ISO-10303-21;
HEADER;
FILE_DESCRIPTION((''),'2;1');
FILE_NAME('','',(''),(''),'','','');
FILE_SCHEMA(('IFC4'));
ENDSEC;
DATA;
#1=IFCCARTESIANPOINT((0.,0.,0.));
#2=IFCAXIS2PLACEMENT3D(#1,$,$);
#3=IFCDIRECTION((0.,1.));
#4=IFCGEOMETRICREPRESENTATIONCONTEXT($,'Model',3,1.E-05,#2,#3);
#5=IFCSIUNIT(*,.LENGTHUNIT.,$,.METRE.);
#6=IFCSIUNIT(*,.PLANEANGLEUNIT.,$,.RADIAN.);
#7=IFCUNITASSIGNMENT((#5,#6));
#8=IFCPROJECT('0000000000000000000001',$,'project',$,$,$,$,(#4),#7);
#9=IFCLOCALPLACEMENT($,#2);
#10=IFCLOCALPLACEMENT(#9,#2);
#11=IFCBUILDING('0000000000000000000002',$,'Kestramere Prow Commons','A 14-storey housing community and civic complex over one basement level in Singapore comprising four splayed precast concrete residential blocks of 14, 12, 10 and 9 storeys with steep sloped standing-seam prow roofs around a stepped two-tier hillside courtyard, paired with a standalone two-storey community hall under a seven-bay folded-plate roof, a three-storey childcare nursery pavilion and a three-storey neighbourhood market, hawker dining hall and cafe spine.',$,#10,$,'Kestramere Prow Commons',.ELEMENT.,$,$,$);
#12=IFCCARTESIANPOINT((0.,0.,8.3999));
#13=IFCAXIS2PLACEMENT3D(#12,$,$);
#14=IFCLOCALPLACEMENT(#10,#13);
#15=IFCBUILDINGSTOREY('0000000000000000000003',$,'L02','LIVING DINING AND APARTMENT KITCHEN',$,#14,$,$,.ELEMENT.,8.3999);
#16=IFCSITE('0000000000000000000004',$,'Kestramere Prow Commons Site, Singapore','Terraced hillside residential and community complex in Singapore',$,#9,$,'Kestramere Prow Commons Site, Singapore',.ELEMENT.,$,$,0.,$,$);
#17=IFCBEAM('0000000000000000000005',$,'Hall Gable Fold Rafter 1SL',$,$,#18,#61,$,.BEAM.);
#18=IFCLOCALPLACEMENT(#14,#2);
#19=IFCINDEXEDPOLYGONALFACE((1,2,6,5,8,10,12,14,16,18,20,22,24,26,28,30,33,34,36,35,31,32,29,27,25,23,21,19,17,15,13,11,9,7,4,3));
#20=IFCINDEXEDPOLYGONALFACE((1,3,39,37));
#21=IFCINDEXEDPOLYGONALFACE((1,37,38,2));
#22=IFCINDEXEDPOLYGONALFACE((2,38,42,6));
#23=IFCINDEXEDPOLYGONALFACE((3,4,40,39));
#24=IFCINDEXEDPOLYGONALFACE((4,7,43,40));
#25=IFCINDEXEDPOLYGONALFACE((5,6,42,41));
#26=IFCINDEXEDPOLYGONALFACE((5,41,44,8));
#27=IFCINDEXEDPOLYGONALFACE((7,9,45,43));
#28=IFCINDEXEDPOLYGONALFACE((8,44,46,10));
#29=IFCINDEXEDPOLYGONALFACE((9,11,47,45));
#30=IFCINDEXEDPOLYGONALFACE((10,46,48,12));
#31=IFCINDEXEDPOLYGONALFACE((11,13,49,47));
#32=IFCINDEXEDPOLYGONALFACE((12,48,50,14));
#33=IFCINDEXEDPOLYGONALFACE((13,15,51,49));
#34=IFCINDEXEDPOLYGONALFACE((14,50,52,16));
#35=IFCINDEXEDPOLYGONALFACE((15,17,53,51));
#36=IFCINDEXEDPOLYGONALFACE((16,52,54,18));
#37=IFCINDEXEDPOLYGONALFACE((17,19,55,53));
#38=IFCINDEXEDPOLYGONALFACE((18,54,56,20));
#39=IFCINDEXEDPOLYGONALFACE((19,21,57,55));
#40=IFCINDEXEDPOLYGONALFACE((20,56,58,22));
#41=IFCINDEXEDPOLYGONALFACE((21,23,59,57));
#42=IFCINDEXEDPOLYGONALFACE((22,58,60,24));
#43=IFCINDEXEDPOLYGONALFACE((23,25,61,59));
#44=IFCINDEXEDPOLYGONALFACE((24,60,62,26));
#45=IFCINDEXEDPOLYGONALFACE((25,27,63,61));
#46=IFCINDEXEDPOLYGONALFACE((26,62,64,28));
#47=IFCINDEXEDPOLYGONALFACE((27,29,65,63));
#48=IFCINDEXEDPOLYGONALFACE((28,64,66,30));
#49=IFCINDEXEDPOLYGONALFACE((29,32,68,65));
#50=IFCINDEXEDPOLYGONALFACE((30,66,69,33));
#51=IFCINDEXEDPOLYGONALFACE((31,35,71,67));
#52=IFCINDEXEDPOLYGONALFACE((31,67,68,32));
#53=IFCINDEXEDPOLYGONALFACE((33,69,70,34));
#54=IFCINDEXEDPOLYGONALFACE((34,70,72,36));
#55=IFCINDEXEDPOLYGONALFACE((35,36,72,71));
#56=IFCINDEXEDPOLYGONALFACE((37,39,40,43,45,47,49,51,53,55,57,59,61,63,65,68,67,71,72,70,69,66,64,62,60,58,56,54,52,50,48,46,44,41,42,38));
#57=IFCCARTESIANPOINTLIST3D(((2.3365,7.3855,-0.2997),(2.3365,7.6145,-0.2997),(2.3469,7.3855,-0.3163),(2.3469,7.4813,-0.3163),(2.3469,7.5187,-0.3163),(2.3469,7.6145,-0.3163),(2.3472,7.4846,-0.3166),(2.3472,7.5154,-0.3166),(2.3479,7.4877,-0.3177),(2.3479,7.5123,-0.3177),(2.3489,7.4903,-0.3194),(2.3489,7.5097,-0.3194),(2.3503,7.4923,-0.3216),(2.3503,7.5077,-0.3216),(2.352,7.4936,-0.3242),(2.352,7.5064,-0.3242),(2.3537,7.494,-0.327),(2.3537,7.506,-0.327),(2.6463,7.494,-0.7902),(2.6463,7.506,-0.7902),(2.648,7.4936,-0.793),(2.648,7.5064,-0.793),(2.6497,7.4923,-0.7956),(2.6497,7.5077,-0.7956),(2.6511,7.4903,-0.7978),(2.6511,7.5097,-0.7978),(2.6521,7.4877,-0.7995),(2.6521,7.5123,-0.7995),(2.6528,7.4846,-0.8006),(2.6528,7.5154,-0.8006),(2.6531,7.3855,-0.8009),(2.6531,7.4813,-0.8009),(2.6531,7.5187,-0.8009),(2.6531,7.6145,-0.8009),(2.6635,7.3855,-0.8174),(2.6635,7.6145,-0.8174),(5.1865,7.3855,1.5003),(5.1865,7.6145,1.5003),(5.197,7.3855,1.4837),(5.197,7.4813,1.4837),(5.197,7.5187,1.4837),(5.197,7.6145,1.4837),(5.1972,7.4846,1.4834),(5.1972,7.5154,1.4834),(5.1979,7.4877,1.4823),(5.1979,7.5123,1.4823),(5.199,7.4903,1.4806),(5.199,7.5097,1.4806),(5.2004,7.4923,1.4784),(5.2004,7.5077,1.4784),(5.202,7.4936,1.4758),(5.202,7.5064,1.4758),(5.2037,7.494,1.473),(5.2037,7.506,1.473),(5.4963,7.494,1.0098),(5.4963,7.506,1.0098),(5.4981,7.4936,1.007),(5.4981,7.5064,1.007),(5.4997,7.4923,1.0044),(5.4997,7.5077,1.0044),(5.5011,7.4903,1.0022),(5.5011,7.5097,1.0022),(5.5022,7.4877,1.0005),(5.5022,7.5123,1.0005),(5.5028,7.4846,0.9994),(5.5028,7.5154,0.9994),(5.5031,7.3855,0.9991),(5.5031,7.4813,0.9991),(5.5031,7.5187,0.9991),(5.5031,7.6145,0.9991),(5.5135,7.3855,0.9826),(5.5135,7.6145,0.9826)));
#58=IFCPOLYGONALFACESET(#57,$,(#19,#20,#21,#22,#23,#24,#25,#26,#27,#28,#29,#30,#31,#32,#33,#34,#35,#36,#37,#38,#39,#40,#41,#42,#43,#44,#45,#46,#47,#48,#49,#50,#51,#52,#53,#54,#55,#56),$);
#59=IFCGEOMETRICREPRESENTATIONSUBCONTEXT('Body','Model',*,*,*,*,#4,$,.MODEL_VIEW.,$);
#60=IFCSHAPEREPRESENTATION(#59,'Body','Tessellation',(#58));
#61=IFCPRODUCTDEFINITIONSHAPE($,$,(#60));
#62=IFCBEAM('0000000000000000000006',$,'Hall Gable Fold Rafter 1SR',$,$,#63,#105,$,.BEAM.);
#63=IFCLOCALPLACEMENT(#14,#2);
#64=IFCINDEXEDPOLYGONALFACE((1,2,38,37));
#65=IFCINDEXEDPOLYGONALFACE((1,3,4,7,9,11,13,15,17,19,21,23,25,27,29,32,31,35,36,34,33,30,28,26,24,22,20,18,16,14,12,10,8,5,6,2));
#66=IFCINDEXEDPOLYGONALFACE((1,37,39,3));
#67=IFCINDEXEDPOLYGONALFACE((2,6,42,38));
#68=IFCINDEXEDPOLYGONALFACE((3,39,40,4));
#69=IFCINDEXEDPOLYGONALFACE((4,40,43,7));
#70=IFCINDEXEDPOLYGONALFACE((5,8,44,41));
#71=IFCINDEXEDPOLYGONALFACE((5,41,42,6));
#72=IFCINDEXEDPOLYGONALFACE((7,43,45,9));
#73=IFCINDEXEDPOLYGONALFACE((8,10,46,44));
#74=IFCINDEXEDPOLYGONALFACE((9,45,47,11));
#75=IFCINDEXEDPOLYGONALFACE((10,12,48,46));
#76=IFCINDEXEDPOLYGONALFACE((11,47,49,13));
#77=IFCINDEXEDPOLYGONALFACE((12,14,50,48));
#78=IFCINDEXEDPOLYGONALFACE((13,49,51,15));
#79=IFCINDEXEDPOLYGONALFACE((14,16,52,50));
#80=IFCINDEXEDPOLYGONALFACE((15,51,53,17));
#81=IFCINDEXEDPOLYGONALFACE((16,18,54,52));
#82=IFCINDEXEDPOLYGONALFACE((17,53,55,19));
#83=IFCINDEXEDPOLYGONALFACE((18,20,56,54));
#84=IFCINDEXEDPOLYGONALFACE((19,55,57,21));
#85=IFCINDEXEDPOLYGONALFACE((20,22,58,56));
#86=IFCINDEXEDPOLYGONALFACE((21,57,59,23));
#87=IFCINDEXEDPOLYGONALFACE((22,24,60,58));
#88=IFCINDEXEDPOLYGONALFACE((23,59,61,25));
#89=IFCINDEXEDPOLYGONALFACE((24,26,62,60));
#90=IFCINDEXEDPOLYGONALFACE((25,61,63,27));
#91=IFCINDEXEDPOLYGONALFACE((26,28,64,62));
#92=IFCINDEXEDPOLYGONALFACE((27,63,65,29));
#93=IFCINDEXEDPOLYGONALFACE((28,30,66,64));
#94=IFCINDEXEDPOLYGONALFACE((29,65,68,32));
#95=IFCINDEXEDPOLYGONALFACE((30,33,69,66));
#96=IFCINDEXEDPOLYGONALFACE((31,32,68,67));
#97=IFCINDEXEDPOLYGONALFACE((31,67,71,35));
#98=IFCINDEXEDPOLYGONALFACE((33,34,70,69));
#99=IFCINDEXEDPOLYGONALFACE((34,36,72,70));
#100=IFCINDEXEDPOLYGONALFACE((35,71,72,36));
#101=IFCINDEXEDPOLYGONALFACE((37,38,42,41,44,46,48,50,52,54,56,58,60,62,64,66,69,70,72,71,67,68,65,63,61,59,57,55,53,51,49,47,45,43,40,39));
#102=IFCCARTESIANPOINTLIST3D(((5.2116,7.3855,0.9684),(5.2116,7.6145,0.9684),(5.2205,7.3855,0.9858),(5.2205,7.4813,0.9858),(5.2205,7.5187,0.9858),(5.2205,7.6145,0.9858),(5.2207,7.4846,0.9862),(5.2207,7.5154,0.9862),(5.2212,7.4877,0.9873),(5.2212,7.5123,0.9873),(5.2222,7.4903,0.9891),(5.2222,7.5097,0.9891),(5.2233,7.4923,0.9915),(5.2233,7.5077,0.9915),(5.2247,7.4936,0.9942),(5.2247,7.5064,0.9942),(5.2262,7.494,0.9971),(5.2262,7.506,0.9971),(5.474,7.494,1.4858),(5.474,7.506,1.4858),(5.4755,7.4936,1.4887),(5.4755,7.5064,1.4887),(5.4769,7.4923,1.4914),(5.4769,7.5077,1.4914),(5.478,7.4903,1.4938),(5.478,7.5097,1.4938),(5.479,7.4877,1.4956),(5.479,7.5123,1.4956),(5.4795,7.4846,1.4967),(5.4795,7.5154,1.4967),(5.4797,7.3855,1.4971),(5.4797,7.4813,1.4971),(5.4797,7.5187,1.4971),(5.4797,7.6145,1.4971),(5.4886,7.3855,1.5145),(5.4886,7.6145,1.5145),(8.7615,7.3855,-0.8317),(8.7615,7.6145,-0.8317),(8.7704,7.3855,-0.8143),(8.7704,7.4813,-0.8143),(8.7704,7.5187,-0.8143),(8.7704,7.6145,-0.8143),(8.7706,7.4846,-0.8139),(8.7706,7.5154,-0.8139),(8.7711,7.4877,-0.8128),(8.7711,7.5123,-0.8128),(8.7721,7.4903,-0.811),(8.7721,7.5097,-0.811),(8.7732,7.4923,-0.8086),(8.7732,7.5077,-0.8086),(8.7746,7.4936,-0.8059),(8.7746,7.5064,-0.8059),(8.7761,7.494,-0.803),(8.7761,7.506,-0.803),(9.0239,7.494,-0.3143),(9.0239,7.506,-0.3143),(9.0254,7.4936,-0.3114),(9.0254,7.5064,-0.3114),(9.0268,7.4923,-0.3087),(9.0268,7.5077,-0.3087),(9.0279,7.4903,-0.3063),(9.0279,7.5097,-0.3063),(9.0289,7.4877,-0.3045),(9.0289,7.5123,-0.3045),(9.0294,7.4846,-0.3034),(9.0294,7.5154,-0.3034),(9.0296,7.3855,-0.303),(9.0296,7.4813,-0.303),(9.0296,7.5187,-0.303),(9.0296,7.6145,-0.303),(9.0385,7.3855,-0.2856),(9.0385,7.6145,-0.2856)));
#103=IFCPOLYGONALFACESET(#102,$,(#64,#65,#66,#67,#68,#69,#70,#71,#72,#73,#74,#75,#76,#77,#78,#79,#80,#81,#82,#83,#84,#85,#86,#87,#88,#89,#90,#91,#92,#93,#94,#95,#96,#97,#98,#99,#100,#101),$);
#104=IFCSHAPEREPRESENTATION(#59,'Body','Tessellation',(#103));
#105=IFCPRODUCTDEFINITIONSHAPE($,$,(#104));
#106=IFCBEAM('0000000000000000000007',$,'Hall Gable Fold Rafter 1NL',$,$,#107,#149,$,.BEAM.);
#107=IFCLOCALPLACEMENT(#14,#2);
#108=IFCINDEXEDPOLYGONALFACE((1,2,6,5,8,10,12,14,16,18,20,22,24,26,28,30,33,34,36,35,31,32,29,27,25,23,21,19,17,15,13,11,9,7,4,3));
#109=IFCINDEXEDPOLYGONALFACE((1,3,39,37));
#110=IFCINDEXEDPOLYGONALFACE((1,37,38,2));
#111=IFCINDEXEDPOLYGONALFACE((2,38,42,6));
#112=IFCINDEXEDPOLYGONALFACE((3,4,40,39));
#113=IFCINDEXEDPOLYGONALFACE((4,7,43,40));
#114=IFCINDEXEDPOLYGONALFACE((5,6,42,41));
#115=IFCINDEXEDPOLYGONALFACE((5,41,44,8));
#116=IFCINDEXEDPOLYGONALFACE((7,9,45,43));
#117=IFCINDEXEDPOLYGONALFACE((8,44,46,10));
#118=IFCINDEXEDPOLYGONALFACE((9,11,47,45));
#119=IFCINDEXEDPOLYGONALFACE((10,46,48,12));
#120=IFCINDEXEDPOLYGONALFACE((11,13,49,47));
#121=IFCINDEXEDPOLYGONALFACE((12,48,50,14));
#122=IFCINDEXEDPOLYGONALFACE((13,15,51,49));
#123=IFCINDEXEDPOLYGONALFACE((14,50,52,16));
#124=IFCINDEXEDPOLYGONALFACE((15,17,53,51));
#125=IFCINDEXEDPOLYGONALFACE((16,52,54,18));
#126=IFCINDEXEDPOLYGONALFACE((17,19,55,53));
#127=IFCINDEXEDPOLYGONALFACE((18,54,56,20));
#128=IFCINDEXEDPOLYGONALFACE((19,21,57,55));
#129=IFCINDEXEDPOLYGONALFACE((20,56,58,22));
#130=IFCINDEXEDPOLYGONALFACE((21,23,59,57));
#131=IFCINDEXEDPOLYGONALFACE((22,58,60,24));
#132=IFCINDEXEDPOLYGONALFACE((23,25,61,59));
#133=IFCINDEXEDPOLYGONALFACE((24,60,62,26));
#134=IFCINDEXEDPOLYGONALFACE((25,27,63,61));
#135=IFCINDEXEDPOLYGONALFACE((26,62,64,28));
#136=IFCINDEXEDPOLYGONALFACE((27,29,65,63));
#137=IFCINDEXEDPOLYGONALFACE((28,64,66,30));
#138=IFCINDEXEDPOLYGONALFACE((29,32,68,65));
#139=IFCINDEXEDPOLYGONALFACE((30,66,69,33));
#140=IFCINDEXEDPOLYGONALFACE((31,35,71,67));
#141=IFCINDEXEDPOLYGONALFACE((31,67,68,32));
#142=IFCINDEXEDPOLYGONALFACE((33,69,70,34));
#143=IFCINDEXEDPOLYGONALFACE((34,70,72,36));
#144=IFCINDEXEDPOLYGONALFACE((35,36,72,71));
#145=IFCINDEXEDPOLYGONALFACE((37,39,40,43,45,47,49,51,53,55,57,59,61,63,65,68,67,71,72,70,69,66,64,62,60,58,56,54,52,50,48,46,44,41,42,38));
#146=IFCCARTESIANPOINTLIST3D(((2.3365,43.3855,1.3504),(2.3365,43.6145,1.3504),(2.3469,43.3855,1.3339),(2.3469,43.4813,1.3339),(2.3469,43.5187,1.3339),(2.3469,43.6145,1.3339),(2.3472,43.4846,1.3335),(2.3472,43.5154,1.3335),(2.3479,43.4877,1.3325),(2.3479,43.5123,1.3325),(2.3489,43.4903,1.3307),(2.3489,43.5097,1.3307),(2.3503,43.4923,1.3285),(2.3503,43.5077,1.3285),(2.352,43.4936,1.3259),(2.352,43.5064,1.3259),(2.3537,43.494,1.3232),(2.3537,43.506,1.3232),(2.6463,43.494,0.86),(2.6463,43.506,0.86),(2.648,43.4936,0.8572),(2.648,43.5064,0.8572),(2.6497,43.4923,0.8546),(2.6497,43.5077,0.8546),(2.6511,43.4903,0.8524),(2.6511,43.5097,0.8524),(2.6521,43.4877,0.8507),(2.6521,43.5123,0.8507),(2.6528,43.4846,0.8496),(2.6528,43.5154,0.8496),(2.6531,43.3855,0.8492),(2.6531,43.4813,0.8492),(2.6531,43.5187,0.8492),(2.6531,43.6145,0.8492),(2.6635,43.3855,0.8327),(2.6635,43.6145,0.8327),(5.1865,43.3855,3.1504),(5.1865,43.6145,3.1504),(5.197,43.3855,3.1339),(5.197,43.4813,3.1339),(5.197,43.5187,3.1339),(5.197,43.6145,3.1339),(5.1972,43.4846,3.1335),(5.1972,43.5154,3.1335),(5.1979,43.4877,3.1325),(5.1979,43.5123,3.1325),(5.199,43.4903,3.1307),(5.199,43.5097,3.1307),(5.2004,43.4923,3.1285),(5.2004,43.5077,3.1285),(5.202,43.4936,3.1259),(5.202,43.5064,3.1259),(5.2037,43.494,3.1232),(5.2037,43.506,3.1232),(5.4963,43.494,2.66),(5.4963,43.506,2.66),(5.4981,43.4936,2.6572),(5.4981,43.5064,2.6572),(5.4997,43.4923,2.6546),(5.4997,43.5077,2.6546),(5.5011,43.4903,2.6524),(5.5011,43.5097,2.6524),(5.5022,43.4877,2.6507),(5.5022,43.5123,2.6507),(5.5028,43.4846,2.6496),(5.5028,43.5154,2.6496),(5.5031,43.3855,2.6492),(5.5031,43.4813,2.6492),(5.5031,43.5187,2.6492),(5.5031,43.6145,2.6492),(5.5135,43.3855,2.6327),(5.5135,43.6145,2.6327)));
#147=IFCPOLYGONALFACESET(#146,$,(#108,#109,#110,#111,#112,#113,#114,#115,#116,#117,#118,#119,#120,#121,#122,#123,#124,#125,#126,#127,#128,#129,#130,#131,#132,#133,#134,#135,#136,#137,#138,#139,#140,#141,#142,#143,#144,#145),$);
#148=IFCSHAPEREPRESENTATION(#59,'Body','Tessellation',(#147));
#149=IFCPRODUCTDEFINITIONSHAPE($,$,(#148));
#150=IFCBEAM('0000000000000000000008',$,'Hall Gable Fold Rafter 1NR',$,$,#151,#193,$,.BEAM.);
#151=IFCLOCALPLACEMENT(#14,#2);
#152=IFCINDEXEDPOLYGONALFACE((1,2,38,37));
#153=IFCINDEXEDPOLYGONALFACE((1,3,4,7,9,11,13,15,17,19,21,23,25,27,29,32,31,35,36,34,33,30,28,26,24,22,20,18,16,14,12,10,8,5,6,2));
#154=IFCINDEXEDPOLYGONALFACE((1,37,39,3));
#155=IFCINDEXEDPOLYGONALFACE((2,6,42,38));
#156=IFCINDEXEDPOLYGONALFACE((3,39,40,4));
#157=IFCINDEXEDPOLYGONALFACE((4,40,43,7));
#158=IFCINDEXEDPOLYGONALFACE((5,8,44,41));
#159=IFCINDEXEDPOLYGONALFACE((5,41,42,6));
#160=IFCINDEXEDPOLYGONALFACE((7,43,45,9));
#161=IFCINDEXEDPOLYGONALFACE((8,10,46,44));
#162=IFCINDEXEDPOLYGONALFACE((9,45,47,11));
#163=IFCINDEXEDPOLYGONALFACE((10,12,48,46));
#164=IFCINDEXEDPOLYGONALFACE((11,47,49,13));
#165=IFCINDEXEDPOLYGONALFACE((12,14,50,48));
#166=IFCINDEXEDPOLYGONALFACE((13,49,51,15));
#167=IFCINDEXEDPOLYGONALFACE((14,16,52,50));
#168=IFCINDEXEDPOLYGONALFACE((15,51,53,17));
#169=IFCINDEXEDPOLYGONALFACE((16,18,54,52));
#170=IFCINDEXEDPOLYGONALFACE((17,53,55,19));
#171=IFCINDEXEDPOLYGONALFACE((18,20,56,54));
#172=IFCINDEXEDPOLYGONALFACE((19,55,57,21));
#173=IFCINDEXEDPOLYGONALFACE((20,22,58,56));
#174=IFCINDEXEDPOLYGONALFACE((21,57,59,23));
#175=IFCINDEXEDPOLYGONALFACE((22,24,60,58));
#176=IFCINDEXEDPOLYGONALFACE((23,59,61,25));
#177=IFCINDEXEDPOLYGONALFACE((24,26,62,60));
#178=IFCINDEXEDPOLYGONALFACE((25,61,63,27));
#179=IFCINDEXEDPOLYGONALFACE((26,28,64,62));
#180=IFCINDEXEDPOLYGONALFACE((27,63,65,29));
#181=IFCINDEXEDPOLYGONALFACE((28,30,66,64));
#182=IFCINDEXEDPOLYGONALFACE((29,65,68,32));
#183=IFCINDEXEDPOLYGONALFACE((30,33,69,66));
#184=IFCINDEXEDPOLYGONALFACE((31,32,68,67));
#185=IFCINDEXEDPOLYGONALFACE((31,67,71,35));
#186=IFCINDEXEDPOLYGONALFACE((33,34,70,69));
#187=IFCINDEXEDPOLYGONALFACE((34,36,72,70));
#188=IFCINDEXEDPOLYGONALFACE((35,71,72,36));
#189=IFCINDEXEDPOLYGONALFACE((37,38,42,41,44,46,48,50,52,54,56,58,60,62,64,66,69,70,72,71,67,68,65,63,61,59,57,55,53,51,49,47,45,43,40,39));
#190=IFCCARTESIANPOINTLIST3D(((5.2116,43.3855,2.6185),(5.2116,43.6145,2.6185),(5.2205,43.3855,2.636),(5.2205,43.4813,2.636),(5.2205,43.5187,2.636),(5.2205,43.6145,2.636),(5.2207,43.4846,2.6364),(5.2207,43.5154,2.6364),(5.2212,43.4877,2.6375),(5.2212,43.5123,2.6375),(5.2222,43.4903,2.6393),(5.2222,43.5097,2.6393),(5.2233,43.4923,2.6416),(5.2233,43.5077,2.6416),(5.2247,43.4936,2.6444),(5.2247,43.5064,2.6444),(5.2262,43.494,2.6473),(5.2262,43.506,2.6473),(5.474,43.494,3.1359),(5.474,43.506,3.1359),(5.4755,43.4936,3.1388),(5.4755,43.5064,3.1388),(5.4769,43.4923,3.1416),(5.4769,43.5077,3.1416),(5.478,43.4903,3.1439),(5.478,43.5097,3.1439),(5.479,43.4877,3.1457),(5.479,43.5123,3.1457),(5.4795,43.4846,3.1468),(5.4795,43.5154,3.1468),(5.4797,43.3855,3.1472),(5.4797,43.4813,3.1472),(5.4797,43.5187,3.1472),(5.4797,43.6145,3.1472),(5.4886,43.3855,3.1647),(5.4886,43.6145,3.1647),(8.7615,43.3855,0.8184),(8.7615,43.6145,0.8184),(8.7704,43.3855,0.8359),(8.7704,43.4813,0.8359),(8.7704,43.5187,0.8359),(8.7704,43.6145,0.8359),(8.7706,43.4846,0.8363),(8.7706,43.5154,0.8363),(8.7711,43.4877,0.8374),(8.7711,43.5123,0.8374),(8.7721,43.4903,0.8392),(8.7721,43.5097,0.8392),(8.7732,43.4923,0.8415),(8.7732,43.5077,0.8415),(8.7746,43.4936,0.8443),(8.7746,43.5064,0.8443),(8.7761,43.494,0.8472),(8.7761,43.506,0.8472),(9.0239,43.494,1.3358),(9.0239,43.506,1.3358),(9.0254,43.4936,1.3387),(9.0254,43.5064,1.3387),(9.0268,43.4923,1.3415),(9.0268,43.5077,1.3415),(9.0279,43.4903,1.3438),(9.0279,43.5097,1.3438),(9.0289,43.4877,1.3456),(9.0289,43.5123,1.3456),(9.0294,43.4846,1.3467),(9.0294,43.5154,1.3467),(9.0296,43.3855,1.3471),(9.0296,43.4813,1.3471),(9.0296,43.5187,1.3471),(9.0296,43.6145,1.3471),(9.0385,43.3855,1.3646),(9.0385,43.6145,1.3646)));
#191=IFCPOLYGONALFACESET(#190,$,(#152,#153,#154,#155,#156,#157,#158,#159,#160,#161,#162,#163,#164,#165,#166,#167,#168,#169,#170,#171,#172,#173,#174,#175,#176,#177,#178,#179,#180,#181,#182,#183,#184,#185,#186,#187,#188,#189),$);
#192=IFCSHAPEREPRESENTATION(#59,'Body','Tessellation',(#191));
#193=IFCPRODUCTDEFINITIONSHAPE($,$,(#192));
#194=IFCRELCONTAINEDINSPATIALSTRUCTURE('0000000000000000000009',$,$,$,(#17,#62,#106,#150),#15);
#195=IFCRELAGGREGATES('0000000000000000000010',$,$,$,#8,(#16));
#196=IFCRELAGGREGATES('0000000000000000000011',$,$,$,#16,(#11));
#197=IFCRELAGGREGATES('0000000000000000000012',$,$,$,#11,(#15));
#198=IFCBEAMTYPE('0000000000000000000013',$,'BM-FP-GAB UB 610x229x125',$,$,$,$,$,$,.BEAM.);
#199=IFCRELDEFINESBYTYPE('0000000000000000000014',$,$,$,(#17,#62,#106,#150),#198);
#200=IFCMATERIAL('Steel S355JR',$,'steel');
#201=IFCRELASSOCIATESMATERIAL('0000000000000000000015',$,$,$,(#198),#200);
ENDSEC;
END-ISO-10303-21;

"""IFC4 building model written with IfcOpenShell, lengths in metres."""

from ifc_helpers import new_model, si_unit, direction, frame, origin, origin_2d, place, context, subcontext, project, spatial, i_section, extrude, material, material_profile, profile_set, type_object, element, save


model = new_model("IFC4")

# Units and contexts
model_context = context("Model", 3, precision=1e-05, world=origin(), true_north=direction((0.0, 1.0)))
body_context = subcontext(model_context, "Body", "Model", "MODEL_VIEW")
ifc_project = project(units=[si_unit("LENGTHUNIT", "METRE"), si_unit("PLANEANGLEUNIT", "RADIAN")], contexts=[model_context])

# Site, building, storey
site_placement = place(None, origin())
site = spatial("IfcSite", under=ifc_project, at=site_placement, Name="Kestramere Prow Commons Site, Singapore", Description="Terraced hillside residential and community complex in Singapore", LongName="Kestramere Prow Commons Site, Singapore", CompositionType="ELEMENT", RefElevation=0.0)
building_placement = place(site_placement, origin())
building = spatial("IfcBuilding", under=site, at=building_placement, Name="Kestramere Prow Commons", Description="A 14-storey housing community and civic complex over one basement level in Singapore comprising four splayed precast concrete residential blocks of 14, 12, 10 and 9 storeys with steep sloped standing-seam prow roofs around a stepped two-tier hillside courtyard, paired with a standalone two-storey community hall under a seven-bay folded-plate roof, a three-storey childcare nursery pavilion and a three-storey neighbourhood market, hawker dining hall and cafe spine.", LongName="Kestramere Prow Commons", CompositionType="ELEMENT")
storey_placement = place(building_placement, frame((0.0, 0.0, 8.3999)))
storey = spatial("IfcBuildingStorey", under=building, at=storey_placement, Name="L02", Description="LIVING DINING AND APARTMENT KITCHEN", CompositionType="ELEMENT", Elevation=8.3999)

# Beams
ifc_material_1 = material(Name="Steel S355JR", Category="steel")
ifc_material_profile_1 = material_profile(ifc_material_1, i_section(OverallWidth=0.229, OverallDepth=0.6123, WebThickness=0.012, FlangeThickness=0.0195, FilletRadius=0.0127, at=origin_2d()), Name="UB 610x229x125")
ifc_profile_set_1 = profile_set([ifc_material_profile_1], Name="Steel S355JR")
beam_type_1 = type_object("IfcBeamType", Name="BM-FP-GAB UB 610x229x125", PredefinedType="BEAM", material=ifc_profile_set_1)
beam_1_placement = place(storey_placement, frame((2.5, 7.5, -0.5586), z_axis=(0.845491, 0.0, 0.53399), x_axis=(0.0, 1.0, 0.0)))
element("IfcBeam", 1, at=beam_1_placement, inside=storey, type_object=beam_type_1, Name="Hall Gable Fold Rafter 1SL", PredefinedType="BEAM", context=body_context, shape_type="SweptSolid", body=[
    extrude(i_section(OverallWidth=0.229, OverallDepth=0.6123, WebThickness=0.012, FlangeThickness=0.0195, FilletRadius=0.0127, at=origin_2d()), origin(), (0.0, 0.0, 1.0), 3.3708),
])
beam_2_placement = place(storey_placement, frame((5.3501, 7.5, 1.2415), z_axis=(0.891886, 0.0, -0.452261), x_axis=(0.0, 1.0, 0.0)))
element("IfcBeam", 2, at=beam_2_placement, inside=storey, type_object=beam_type_1, Name="Hall Gable Fold Rafter 1SR", PredefinedType="BEAM", context=body_context, shape_type="SweptSolid", body=[
    extrude(i_section(OverallWidth=0.229, OverallDepth=0.6123, WebThickness=0.012, FlangeThickness=0.0195, FilletRadius=0.0127, at=origin_2d()), origin(), (0.0, 0.0, 1.0), 3.9802),
])
beam_3_placement = place(storey_placement, frame((2.5, 43.5, 1.0916), z_axis=(0.845491, 0.0, 0.53399), x_axis=(0.0, 1.0, 0.0)))
element("IfcBeam", 3, at=beam_3_placement, inside=storey, type_object=beam_type_1, Name="Hall Gable Fold Rafter 1NL", PredefinedType="BEAM", context=body_context, shape_type="SweptSolid", body=[
    extrude(i_section(OverallWidth=0.229, OverallDepth=0.6123, WebThickness=0.012, FlangeThickness=0.0195, FilletRadius=0.0127, at=origin_2d()), origin(), (0.0, 0.0, 1.0), 3.3708),
])
beam_4_placement = place(storey_placement, frame((5.3501, 43.5, 2.8916), z_axis=(0.891886, 0.0, -0.452261), x_axis=(0.0, 1.0, 0.0)))
element("IfcBeam", 4, at=beam_4_placement, inside=storey, type_object=beam_type_1, Name="Hall Gable Fold Rafter 1NR", PredefinedType="BEAM", context=body_context, shape_type="SweptSolid", body=[
    extrude(i_section(OverallWidth=0.229, OverallDepth=0.6123, WebThickness=0.012, FlangeThickness=0.0195, FilletRadius=0.0127, at=origin_2d()), origin(), (0.0, 0.0, 1.0), 3.9802),
])

save(model, "model.ifc")
